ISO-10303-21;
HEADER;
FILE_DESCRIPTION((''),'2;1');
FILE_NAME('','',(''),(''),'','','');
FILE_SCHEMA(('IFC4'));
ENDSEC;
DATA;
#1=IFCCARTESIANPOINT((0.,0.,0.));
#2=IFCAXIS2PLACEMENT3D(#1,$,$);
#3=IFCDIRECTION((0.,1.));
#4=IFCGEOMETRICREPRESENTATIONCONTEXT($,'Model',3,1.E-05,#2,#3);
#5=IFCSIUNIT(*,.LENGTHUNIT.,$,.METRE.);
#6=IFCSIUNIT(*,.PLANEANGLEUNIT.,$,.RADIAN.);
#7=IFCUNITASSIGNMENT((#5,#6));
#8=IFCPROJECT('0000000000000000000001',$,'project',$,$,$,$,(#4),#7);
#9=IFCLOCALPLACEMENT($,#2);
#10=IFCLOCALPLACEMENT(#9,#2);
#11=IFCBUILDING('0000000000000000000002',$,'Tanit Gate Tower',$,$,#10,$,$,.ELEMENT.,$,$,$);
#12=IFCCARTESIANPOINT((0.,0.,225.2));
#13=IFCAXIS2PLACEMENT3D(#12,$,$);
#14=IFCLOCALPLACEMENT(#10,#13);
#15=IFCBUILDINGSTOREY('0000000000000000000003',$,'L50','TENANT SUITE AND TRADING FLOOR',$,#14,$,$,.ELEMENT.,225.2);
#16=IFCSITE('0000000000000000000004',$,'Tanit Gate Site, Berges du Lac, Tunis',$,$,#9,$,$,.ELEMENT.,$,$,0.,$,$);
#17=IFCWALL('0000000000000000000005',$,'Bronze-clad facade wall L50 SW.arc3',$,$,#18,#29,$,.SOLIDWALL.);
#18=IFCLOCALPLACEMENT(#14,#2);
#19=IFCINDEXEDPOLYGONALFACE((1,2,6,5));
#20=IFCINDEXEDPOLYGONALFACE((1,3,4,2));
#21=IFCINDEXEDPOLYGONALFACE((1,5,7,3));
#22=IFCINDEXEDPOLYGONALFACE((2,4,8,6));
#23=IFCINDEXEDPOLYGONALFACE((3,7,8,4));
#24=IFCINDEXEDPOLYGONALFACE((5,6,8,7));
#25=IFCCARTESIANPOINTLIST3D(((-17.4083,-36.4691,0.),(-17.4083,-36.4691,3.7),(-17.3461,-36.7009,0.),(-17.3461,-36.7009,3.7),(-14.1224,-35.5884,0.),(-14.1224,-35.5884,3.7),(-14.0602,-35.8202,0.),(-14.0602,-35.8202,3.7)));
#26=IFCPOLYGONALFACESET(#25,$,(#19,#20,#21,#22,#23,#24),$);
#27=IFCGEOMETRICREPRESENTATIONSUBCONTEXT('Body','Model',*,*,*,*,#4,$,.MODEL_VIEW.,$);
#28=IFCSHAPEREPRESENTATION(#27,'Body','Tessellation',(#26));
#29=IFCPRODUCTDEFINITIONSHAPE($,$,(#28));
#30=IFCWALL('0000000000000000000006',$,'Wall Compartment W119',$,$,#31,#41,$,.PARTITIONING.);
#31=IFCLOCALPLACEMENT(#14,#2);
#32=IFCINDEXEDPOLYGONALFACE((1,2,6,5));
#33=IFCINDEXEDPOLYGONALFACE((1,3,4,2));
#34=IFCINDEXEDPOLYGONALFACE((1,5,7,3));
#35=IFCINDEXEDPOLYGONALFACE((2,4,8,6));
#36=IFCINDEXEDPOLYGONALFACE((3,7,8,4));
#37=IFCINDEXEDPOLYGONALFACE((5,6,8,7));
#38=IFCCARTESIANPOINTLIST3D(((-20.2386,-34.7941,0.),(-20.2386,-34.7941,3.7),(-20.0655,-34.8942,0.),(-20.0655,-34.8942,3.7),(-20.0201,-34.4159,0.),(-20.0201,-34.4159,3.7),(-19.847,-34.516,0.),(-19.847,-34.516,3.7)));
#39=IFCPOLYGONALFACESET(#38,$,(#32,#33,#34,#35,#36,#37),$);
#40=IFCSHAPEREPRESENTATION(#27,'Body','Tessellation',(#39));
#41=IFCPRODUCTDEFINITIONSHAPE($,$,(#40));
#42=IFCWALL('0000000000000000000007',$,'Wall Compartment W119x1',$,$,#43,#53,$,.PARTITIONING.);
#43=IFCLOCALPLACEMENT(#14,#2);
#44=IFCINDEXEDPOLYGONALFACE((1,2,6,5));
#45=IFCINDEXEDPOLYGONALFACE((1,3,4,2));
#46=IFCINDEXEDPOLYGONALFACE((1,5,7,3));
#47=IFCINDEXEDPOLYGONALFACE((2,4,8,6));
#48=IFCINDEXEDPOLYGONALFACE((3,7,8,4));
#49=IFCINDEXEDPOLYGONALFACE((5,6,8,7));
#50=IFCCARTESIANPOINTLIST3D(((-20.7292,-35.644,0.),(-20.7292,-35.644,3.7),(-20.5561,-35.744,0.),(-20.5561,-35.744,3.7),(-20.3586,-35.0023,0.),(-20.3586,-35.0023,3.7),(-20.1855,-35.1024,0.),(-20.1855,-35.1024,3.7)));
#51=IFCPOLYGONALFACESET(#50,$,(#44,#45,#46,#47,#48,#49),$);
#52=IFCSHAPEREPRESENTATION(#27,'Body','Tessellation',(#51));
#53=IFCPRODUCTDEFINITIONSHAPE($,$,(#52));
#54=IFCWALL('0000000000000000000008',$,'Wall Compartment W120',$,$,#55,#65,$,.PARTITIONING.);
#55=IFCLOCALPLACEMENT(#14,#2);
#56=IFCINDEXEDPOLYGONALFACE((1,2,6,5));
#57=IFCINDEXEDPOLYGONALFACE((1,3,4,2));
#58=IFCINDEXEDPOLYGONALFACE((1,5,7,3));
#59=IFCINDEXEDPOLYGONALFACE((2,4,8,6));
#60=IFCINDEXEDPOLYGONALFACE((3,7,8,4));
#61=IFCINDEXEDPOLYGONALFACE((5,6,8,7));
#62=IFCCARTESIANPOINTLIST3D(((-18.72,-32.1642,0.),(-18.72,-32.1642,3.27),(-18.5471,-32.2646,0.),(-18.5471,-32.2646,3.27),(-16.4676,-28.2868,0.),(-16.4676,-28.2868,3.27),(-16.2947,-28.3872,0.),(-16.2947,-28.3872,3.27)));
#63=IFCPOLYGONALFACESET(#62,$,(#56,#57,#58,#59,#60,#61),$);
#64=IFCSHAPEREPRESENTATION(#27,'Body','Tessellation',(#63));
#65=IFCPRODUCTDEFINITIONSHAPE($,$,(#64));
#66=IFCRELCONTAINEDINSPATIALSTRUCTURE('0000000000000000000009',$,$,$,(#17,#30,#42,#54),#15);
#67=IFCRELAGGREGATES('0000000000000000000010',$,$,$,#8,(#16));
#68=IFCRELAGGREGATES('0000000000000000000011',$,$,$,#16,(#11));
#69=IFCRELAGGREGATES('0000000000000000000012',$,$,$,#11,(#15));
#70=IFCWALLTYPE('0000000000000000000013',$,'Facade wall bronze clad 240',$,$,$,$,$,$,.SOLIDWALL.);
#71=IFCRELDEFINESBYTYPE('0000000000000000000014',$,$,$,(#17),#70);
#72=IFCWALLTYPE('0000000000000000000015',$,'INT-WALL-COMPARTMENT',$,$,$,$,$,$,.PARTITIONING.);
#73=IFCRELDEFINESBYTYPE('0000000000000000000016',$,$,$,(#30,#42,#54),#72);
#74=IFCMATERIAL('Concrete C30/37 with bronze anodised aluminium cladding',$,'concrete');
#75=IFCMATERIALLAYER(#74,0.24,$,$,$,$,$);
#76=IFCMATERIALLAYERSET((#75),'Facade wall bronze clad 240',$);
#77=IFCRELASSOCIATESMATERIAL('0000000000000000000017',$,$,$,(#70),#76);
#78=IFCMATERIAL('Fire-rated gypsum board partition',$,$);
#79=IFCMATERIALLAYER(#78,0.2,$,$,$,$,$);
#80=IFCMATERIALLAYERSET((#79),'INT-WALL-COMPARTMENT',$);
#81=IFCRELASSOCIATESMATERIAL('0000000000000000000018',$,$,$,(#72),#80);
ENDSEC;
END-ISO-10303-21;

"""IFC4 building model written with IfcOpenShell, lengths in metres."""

from ifc_helpers import new_model, si_unit, direction, frame, frame_2d, origin, place, context, subcontext, project, spatial, rectangle, extrude, material, layer, layer_set, type_object, element, save


model = new_model("IFC4")

# Units and contexts
model_context = context("Model", 3, precision=1e-05, world=origin(), true_north=direction((0.0, 1.0)))
body_context = subcontext(model_context, "Body", "Model", "MODEL_VIEW")
ifc_project = project(units=[si_unit("LENGTHUNIT", "METRE"), si_unit("PLANEANGLEUNIT", "RADIAN")], contexts=[model_context])

# Site, building, storey
site_placement = place(None, origin())
site = spatial("IfcSite", under=ifc_project, at=site_placement, Name="Tanit Gate Site, Berges du Lac, Tunis", CompositionType="ELEMENT", RefElevation=0.0)
building_placement = place(site_placement, origin())
building = spatial("IfcBuilding", under=site, at=building_placement, Name="Tanit Gate Tower", CompositionType="ELEMENT")
storey_placement = place(building_placement, frame((0.0, 0.0, 225.2)))
storey = spatial("IfcBuildingStorey", under=building, at=storey_placement, Name="L50", Description="TENANT SUITE AND TRADING FLOOR", CompositionType="ELEMENT", Elevation=225.2)

# Walls
ifc_material_1 = material(Name="Concrete C30/37 with bronze anodised aluminium cladding", Category="concrete")
ifc_layer_1 = layer(ifc_material_1, 0.24)
ifc_layer_set_1 = layer_set([ifc_layer_1], Name="Facade wall bronze clad 240")
wall_type_1 = type_object("IfcWallType", Name="Facade wall bronze clad 240", PredefinedType="SOLIDWALL", material=ifc_layer_set_1)
wall_1_placement = place(storey_placement, frame((-17.3772, -36.585, 0.0), z_axis=(0.0, 0.0, 1.0), x_axis=(0.965914, 0.258864, 0.0)))
element("IfcWall", 1, at=wall_1_placement, inside=storey, type_object=wall_type_1, Name="Bronze-clad facade wall L50 SW.arc3", PredefinedType="SOLIDWALL", context=body_context, shape_type="SweptSolid", body=[
    extrude(rectangle(XDim=3.4019, YDim=0.24, at=frame_2d((1.7009, 0.0))), origin(), (0.0, 0.0, 1.0), 3.7),
])
ifc_material_2 = material(Name="Fire-rated gypsum board partition")
ifc_layer_2 = layer(ifc_material_2, 0.2)
ifc_layer_set_2 = layer_set([ifc_layer_2], Name="INT-WALL-COMPARTMENT")
wall_type_2 = type_object("IfcWallType", Name="INT-WALL-COMPARTMENT", PredefinedType="PARTITIONING", material=ifc_layer_set_2)
wall_2_placement = place(storey_placement, frame((-19.9336, -34.4661, 0.0), z_axis=(0.0, 0.0, 1.0), x_axis=(-0.500287, -0.86586, 0.0)))
element("IfcWall", 2, at=wall_2_placement, inside=storey, type_object=wall_type_2, Name="Wall Compartment W119", PredefinedType="PARTITIONING", context=body_context, shape_type="SweptSolid", body=[
    extrude(rectangle(XDim=0.4368, YDim=0.2, at=frame_2d((0.2183, 0.0))), origin(), (0.0, 0.0, 1.0), 3.7),
])
wall_3_placement = place(storey_placement, frame((-20.272, -35.0522, 0.0), z_axis=(0.0, 0.0, 1.0), x_axis=(-0.500179, -0.865922, 0.0)))
element("IfcWall", 3, at=wall_3_placement, inside=storey, type_object=wall_type_2, Name="Wall Compartment W119x1", PredefinedType="PARTITIONING", context=body_context, shape_type="SweptSolid", body=[
    extrude(rectangle(XDim=0.741, YDim=0.2, at=frame_2d((0.3706, 0.0))), origin(), (0.0, 0.0, 1.0), 3.7),
])
wall_4_placement = place(storey_placement, frame((-16.3811, -28.3369, 0.0), z_axis=(0.0, 0.0, 1.0), x_axis=(-0.502306, -0.86469, 0.0)))
element("IfcWall", 4, at=wall_4_placement, inside=storey, type_object=wall_type_2, Name="Wall Compartment W120", PredefinedType="PARTITIONING", context=body_context, shape_type="SweptSolid", body=[
    extrude(rectangle(XDim=4.4841, YDim=0.2, at=frame_2d((2.2422, 0.0))), origin(), (0.0, 0.0, 1.0), 3.27),
])

save(model, "model.ifc")
